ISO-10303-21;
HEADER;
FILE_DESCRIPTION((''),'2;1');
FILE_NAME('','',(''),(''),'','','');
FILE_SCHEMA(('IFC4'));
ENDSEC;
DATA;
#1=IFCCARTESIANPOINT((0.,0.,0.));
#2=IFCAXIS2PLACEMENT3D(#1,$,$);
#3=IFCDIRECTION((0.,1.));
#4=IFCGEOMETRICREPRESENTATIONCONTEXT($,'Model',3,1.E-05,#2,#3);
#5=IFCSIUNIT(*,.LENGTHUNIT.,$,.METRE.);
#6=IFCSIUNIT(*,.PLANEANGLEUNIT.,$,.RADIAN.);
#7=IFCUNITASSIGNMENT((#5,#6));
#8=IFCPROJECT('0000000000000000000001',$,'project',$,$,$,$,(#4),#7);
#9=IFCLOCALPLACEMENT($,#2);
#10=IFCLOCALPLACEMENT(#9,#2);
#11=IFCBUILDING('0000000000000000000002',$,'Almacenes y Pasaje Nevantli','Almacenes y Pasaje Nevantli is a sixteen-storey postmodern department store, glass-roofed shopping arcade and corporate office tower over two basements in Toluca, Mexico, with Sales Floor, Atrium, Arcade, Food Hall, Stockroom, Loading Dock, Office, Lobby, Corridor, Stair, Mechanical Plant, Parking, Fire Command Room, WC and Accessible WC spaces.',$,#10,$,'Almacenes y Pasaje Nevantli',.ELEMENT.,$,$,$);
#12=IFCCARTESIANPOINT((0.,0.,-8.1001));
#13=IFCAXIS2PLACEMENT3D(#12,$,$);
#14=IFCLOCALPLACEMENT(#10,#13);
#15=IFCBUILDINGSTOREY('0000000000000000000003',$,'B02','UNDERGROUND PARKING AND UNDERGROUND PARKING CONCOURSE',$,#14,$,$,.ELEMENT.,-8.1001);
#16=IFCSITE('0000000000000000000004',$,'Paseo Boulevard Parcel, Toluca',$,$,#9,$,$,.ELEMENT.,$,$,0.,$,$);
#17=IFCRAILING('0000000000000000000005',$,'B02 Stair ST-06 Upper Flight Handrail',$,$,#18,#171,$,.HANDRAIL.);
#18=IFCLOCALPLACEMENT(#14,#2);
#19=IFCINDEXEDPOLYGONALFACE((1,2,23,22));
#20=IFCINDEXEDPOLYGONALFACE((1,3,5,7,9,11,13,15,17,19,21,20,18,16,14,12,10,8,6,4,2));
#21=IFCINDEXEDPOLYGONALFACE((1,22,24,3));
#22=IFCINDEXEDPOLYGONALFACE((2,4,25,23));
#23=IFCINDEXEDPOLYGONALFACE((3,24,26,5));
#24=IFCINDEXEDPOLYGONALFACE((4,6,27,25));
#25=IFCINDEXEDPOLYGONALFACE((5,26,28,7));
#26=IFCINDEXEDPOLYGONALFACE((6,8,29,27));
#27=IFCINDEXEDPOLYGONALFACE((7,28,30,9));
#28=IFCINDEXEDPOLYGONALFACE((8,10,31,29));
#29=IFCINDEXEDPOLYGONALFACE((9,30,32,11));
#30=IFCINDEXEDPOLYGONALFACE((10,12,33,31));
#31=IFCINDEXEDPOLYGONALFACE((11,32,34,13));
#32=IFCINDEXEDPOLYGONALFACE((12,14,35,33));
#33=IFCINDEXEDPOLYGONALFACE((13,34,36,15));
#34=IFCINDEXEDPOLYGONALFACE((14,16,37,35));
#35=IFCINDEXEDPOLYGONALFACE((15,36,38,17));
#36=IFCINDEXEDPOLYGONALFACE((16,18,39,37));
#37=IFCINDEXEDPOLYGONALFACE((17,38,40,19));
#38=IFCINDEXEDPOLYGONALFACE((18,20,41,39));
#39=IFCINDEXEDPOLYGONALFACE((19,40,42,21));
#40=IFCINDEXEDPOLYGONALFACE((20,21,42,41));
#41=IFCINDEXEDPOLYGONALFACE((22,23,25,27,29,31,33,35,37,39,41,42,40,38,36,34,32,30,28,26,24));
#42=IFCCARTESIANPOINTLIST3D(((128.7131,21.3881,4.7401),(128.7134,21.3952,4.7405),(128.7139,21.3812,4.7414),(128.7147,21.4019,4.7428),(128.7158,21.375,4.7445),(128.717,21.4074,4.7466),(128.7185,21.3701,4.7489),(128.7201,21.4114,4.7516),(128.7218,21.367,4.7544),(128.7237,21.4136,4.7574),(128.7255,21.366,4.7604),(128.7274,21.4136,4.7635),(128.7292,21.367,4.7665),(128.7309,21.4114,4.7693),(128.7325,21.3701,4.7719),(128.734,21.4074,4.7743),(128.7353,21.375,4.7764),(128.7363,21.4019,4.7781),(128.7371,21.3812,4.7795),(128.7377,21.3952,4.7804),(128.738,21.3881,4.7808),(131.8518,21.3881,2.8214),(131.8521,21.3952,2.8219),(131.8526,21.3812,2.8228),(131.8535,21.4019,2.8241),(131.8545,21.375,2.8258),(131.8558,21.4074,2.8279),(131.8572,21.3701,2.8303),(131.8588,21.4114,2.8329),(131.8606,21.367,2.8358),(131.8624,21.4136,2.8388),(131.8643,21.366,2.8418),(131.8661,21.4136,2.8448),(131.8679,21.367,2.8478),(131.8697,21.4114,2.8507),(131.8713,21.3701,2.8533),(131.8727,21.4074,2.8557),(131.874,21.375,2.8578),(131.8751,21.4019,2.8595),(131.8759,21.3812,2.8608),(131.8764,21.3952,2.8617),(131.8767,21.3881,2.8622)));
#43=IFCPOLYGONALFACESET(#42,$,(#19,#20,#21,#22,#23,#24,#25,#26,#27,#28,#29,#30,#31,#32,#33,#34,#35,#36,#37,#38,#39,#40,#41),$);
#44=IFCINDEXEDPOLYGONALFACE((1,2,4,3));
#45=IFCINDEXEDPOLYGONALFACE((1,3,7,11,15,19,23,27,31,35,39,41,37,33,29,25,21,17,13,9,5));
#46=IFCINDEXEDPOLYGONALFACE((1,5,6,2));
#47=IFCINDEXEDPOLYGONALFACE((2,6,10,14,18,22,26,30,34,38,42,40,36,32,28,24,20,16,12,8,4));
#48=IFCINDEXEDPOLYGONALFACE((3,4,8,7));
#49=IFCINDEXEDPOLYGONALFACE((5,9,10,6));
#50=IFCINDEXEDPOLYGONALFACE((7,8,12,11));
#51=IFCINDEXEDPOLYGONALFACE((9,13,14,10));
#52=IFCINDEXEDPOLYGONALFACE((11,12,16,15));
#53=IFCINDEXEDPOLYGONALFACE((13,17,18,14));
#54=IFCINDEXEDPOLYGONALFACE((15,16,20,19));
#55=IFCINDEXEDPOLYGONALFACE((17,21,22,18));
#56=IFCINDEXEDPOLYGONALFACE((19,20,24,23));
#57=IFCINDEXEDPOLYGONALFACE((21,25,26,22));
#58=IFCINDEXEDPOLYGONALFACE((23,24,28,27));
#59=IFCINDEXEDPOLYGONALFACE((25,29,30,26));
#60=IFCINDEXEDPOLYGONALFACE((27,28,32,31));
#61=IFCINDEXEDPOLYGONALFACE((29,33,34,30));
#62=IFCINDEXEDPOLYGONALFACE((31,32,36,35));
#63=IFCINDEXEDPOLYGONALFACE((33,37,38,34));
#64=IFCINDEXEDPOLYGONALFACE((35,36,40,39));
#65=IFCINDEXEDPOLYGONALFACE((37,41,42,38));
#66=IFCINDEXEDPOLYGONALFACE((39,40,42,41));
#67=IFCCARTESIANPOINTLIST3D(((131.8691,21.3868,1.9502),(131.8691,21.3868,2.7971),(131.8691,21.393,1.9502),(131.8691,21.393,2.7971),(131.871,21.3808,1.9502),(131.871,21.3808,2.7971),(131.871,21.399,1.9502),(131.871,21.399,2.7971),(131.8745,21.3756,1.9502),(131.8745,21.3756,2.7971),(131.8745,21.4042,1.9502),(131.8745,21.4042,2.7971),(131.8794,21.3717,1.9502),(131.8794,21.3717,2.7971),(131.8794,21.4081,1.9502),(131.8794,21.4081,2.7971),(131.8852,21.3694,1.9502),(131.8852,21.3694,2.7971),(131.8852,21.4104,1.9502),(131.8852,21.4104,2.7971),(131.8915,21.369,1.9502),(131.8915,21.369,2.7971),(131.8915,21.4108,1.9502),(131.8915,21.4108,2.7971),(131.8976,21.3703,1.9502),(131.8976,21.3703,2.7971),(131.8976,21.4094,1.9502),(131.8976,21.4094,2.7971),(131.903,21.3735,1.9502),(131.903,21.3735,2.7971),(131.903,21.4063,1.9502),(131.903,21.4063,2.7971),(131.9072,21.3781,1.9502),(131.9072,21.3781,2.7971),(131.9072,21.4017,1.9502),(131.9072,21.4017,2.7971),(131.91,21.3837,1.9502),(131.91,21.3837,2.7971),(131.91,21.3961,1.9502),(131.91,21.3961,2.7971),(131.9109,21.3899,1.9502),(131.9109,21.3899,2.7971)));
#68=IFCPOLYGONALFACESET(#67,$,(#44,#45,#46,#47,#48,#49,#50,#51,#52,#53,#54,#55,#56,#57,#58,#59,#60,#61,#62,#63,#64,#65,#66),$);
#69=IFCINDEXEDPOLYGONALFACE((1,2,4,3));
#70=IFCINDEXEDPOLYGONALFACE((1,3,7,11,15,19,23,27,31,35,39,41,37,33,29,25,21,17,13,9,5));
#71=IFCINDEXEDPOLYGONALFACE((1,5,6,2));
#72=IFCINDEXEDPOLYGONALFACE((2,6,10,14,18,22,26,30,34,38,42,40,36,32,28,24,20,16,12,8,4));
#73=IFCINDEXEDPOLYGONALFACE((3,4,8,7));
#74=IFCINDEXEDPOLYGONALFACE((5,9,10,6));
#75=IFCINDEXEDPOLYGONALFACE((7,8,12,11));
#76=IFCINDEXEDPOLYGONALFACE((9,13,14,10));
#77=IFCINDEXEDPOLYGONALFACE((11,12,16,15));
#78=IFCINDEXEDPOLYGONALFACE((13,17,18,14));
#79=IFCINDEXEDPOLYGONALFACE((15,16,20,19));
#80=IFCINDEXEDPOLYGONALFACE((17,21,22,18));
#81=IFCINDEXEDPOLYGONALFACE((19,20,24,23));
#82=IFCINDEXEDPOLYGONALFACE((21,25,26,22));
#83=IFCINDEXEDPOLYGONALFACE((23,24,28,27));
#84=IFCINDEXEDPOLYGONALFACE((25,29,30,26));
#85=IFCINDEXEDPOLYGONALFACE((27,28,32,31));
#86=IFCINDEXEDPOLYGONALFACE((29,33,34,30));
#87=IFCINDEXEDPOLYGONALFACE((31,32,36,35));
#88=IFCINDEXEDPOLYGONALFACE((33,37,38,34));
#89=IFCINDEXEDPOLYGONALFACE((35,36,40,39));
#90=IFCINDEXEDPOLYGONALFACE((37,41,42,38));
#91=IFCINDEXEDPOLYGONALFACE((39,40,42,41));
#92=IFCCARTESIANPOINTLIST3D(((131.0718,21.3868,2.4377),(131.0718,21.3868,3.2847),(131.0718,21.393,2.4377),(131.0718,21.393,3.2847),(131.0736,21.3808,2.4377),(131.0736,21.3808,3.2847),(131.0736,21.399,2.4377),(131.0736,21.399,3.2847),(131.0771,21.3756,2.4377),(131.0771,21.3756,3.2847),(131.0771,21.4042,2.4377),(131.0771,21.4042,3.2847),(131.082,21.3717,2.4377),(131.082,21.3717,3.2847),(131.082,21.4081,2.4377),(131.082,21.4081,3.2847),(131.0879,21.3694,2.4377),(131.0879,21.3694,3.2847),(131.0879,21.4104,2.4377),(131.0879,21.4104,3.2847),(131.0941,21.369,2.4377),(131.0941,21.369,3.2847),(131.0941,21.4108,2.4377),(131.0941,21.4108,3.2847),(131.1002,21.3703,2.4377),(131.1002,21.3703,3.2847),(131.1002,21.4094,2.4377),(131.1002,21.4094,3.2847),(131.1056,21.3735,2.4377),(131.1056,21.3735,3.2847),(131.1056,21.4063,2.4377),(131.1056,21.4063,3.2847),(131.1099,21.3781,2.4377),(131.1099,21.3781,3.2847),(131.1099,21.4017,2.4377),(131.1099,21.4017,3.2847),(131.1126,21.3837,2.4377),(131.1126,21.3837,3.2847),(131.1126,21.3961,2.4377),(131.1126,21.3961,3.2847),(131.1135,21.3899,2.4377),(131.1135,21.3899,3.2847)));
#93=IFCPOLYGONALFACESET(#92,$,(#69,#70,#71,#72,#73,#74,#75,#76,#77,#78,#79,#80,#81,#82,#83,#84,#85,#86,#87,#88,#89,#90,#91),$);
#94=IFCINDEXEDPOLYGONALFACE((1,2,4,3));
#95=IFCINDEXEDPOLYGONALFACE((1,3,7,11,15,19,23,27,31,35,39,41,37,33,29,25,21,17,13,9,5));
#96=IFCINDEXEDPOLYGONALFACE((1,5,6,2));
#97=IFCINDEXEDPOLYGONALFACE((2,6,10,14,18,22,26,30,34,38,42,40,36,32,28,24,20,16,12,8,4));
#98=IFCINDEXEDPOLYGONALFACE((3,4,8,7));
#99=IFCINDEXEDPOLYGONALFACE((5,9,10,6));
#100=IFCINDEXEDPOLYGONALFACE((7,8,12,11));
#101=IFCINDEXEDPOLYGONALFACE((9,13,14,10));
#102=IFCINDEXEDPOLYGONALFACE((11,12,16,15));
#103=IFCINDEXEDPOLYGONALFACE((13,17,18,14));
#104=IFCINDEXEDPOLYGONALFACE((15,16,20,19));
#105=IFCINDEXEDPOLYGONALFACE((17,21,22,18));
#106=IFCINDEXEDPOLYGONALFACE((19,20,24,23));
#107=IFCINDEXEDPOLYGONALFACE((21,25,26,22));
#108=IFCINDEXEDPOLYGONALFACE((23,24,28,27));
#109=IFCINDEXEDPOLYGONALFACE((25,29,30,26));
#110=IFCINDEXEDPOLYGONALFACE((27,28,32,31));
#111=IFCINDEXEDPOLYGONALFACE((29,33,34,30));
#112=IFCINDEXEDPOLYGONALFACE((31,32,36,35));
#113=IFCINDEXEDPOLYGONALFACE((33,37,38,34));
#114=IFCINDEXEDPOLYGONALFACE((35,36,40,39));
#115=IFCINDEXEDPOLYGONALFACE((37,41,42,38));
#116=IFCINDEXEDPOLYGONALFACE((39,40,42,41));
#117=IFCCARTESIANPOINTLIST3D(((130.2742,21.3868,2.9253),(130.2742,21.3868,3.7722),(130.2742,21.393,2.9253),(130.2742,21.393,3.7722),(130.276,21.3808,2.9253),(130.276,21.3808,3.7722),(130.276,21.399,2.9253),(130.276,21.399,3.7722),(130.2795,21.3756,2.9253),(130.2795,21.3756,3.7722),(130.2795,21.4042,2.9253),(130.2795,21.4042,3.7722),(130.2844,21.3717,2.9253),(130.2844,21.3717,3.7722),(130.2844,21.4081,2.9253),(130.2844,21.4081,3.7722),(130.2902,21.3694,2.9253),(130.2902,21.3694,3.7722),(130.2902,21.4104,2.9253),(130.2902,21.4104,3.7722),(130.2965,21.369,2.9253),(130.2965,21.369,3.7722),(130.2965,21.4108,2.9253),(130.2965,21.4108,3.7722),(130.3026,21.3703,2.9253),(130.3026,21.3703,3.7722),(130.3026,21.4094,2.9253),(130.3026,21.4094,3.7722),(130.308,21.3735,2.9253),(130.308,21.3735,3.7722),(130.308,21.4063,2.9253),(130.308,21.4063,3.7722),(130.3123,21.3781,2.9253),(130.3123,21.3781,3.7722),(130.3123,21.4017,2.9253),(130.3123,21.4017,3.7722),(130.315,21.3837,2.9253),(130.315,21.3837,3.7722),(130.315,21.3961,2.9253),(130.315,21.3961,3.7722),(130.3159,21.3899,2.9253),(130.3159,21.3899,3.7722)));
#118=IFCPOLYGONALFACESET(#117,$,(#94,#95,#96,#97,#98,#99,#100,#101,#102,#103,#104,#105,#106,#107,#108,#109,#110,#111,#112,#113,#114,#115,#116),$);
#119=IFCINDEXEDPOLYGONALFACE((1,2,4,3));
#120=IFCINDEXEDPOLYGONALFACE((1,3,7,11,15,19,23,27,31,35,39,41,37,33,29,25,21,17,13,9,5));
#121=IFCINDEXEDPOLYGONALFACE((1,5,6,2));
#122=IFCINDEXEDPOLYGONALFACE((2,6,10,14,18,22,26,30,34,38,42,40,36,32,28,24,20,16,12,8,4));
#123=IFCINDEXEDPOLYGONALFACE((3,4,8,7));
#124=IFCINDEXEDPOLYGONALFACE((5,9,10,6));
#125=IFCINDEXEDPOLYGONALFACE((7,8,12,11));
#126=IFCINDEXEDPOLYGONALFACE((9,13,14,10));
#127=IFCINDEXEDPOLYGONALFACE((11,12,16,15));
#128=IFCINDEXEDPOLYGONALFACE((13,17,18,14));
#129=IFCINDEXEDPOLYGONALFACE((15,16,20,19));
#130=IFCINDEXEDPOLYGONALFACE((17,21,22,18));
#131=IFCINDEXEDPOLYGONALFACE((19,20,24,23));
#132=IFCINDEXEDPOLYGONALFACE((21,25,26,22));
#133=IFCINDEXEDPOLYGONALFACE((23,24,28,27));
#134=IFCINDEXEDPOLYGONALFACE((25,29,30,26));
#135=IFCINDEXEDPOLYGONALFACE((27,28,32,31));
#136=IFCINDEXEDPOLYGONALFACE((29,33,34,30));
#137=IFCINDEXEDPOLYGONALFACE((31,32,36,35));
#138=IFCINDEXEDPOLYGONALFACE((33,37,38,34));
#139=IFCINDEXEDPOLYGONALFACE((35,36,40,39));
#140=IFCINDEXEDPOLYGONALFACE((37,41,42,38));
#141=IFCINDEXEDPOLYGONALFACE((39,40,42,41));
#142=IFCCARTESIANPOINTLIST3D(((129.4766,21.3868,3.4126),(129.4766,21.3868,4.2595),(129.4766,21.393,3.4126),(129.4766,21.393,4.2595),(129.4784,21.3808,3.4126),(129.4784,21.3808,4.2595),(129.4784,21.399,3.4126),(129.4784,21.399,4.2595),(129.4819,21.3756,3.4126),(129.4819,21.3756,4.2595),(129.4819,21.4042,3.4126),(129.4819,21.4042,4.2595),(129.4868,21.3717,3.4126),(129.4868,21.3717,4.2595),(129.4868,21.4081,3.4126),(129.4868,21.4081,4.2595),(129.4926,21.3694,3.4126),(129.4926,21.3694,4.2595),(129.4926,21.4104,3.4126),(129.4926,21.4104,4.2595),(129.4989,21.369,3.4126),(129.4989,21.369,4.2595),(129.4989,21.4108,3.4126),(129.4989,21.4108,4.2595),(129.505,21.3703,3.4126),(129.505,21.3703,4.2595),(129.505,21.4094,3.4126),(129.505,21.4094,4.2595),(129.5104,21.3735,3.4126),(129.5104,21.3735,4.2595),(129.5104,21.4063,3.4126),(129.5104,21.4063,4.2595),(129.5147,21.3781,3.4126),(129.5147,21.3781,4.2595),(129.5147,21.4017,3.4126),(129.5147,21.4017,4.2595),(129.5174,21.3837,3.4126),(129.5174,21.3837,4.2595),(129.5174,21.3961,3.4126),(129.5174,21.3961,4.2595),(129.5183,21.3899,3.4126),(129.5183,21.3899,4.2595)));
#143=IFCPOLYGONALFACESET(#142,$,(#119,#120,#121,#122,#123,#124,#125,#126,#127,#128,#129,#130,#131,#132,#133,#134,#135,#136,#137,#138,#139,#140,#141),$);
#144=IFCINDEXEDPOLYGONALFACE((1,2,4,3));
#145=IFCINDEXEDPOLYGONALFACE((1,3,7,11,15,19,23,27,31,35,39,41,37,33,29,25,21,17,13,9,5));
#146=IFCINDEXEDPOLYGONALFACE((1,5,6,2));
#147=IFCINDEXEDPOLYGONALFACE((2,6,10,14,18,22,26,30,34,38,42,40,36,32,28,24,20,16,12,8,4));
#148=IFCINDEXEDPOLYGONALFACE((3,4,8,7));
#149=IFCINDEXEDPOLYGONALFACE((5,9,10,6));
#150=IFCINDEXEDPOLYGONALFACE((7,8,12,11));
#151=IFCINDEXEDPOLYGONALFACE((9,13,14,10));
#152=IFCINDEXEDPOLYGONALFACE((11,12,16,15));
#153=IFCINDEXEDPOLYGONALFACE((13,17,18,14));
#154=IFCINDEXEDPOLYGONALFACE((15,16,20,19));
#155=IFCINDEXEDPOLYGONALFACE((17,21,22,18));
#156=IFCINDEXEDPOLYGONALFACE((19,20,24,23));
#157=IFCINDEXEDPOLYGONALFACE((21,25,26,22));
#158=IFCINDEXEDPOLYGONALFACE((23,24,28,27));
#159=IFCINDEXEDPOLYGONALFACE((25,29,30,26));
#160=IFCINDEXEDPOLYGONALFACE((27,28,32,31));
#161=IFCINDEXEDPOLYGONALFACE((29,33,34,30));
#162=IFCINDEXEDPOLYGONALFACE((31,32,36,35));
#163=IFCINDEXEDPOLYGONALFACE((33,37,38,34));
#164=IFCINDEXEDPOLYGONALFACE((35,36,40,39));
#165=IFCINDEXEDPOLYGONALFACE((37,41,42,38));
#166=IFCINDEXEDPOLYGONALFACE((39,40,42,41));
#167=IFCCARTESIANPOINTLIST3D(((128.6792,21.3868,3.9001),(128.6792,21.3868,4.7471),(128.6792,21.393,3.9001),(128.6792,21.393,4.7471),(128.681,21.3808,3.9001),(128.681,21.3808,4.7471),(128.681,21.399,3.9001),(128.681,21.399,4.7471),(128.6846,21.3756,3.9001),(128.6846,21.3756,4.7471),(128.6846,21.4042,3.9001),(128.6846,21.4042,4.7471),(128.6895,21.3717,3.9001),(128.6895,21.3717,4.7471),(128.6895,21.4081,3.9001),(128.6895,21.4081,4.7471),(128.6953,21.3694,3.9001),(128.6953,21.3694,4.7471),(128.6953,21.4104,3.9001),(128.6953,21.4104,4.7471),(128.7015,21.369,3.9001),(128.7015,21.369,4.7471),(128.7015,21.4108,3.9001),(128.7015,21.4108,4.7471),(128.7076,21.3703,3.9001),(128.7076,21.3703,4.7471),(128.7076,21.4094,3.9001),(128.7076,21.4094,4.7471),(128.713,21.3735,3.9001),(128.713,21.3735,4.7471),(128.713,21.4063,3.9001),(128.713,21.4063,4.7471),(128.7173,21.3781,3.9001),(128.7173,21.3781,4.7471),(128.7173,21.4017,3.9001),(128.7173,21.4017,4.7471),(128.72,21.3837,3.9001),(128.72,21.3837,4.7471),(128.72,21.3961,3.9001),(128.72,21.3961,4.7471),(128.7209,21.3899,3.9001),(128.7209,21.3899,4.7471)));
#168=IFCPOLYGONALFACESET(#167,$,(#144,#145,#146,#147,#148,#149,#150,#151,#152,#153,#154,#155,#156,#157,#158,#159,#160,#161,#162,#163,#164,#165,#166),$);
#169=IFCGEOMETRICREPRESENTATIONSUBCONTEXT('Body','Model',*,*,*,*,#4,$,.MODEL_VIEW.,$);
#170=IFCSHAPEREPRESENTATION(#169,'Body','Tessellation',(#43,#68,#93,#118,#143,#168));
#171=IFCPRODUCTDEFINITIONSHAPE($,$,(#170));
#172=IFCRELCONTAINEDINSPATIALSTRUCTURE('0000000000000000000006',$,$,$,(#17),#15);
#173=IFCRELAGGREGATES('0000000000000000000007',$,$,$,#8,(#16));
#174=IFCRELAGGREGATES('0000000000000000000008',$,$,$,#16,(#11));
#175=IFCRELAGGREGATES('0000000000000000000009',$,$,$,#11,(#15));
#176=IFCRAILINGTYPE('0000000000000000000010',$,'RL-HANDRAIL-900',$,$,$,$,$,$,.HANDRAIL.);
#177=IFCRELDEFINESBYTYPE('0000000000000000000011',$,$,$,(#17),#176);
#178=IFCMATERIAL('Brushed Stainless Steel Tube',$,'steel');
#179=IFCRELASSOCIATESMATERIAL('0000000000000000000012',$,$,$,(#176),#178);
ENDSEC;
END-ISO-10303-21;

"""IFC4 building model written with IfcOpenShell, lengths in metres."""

from ifc_helpers import new_model, si_unit, direction, frame, origin, origin_2d, place, context, subcontext, project, spatial, circle, extrude, material, type_object, element, save


model = new_model("IFC4")

# Units and contexts
model_context = context("Model", 3, precision=1e-05, world=origin(), true_north=direction((0.0, 1.0)))
body_context = subcontext(model_context, "Body", "Model", "MODEL_VIEW")
ifc_project = project(units=[si_unit("LENGTHUNIT", "METRE"), si_unit("PLANEANGLEUNIT", "RADIAN")], contexts=[model_context])

# Site, building, storey
site_placement = place(None, origin())
site = spatial("IfcSite", under=ifc_project, at=site_placement, Name="Paseo Boulevard Parcel, Toluca", CompositionType="ELEMENT", RefElevation=0.0)
building_placement = place(site_placement, origin())
building = spatial("IfcBuilding", under=site, at=building_placement, Name="Almacenes y Pasaje Nevantli", Description="Almacenes y Pasaje Nevantli is a sixteen-storey postmodern department store, glass-roofed shopping arcade and corporate office tower over two basements in Toluca, Mexico, with Sales Floor, Atrium, Arcade, Food Hall, Stockroom, Loading Dock, Office, Lobby, Corridor, Stair, Mechanical Plant, Parking, Fire Command Room, WC and Accessible WC spaces.", LongName="Almacenes y Pasaje Nevantli", CompositionType="ELEMENT")
storey_placement = place(building_placement, frame((0.0, 0.0, -8.1001)))
storey = spatial("IfcBuildingStorey", under=building, at=storey_placement, Name="B02", Description="UNDERGROUND PARKING AND UNDERGROUND PARKING CONCOURSE", CompositionType="ELEMENT", Elevation=-8.1001)

# Railing
ifc_material_1 = material(Name="Brushed Stainless Steel Tube", Category="steel")
railing_type = type_object("IfcRailingType", Name="RL-HANDRAIL-900", PredefinedType="HANDRAIL", material=ifc_material_1)
railing_placement = place(storey_placement, frame((131.8899, 21.3899, 1.9502)))
element("IfcRailing", 1, at=railing_placement, inside=storey, type_object=railing_type, Name="B02 Stair ST-06 Upper Flight Handrail", PredefinedType="HANDRAIL", context=body_context, shape_type="SweptSolid", body=[
    extrude(circle(Radius=0.0239, at=origin_2d()), frame((-0.0256, 0.0, 0.8916), z_axis=(-0.853217, 0.0, 0.521556), x_axis=(0.0, -1.0, 0.0)), (0.0, 0.0, 1.0), 3.6787),
    extrude(circle(Radius=0.021, at=origin_2d()), origin(), (0.0, 0.0, 1.0), 0.8469),
    extrude(circle(Radius=0.021, at=origin_2d()), frame((-0.7974, 0.0, 0.4875)), (0.0, 0.0, 1.0), 0.8469),
    extrude(circle(Radius=0.021, at=origin_2d()), frame((-1.595, 0.0, 0.9751)), (0.0, 0.0, 1.0), 0.8469),
    extrude(circle(Radius=0.021, at=origin_2d()), frame((-2.3926, 0.0, 1.4624)), (0.0, 0.0, 1.0), 0.8469),
    extrude(circle(Radius=0.021, at=origin_2d()), frame((-3.1899, 0.0, 1.95)), (0.0, 0.0, 1.0), 0.8469),
])

save(model, "model.ifc")
